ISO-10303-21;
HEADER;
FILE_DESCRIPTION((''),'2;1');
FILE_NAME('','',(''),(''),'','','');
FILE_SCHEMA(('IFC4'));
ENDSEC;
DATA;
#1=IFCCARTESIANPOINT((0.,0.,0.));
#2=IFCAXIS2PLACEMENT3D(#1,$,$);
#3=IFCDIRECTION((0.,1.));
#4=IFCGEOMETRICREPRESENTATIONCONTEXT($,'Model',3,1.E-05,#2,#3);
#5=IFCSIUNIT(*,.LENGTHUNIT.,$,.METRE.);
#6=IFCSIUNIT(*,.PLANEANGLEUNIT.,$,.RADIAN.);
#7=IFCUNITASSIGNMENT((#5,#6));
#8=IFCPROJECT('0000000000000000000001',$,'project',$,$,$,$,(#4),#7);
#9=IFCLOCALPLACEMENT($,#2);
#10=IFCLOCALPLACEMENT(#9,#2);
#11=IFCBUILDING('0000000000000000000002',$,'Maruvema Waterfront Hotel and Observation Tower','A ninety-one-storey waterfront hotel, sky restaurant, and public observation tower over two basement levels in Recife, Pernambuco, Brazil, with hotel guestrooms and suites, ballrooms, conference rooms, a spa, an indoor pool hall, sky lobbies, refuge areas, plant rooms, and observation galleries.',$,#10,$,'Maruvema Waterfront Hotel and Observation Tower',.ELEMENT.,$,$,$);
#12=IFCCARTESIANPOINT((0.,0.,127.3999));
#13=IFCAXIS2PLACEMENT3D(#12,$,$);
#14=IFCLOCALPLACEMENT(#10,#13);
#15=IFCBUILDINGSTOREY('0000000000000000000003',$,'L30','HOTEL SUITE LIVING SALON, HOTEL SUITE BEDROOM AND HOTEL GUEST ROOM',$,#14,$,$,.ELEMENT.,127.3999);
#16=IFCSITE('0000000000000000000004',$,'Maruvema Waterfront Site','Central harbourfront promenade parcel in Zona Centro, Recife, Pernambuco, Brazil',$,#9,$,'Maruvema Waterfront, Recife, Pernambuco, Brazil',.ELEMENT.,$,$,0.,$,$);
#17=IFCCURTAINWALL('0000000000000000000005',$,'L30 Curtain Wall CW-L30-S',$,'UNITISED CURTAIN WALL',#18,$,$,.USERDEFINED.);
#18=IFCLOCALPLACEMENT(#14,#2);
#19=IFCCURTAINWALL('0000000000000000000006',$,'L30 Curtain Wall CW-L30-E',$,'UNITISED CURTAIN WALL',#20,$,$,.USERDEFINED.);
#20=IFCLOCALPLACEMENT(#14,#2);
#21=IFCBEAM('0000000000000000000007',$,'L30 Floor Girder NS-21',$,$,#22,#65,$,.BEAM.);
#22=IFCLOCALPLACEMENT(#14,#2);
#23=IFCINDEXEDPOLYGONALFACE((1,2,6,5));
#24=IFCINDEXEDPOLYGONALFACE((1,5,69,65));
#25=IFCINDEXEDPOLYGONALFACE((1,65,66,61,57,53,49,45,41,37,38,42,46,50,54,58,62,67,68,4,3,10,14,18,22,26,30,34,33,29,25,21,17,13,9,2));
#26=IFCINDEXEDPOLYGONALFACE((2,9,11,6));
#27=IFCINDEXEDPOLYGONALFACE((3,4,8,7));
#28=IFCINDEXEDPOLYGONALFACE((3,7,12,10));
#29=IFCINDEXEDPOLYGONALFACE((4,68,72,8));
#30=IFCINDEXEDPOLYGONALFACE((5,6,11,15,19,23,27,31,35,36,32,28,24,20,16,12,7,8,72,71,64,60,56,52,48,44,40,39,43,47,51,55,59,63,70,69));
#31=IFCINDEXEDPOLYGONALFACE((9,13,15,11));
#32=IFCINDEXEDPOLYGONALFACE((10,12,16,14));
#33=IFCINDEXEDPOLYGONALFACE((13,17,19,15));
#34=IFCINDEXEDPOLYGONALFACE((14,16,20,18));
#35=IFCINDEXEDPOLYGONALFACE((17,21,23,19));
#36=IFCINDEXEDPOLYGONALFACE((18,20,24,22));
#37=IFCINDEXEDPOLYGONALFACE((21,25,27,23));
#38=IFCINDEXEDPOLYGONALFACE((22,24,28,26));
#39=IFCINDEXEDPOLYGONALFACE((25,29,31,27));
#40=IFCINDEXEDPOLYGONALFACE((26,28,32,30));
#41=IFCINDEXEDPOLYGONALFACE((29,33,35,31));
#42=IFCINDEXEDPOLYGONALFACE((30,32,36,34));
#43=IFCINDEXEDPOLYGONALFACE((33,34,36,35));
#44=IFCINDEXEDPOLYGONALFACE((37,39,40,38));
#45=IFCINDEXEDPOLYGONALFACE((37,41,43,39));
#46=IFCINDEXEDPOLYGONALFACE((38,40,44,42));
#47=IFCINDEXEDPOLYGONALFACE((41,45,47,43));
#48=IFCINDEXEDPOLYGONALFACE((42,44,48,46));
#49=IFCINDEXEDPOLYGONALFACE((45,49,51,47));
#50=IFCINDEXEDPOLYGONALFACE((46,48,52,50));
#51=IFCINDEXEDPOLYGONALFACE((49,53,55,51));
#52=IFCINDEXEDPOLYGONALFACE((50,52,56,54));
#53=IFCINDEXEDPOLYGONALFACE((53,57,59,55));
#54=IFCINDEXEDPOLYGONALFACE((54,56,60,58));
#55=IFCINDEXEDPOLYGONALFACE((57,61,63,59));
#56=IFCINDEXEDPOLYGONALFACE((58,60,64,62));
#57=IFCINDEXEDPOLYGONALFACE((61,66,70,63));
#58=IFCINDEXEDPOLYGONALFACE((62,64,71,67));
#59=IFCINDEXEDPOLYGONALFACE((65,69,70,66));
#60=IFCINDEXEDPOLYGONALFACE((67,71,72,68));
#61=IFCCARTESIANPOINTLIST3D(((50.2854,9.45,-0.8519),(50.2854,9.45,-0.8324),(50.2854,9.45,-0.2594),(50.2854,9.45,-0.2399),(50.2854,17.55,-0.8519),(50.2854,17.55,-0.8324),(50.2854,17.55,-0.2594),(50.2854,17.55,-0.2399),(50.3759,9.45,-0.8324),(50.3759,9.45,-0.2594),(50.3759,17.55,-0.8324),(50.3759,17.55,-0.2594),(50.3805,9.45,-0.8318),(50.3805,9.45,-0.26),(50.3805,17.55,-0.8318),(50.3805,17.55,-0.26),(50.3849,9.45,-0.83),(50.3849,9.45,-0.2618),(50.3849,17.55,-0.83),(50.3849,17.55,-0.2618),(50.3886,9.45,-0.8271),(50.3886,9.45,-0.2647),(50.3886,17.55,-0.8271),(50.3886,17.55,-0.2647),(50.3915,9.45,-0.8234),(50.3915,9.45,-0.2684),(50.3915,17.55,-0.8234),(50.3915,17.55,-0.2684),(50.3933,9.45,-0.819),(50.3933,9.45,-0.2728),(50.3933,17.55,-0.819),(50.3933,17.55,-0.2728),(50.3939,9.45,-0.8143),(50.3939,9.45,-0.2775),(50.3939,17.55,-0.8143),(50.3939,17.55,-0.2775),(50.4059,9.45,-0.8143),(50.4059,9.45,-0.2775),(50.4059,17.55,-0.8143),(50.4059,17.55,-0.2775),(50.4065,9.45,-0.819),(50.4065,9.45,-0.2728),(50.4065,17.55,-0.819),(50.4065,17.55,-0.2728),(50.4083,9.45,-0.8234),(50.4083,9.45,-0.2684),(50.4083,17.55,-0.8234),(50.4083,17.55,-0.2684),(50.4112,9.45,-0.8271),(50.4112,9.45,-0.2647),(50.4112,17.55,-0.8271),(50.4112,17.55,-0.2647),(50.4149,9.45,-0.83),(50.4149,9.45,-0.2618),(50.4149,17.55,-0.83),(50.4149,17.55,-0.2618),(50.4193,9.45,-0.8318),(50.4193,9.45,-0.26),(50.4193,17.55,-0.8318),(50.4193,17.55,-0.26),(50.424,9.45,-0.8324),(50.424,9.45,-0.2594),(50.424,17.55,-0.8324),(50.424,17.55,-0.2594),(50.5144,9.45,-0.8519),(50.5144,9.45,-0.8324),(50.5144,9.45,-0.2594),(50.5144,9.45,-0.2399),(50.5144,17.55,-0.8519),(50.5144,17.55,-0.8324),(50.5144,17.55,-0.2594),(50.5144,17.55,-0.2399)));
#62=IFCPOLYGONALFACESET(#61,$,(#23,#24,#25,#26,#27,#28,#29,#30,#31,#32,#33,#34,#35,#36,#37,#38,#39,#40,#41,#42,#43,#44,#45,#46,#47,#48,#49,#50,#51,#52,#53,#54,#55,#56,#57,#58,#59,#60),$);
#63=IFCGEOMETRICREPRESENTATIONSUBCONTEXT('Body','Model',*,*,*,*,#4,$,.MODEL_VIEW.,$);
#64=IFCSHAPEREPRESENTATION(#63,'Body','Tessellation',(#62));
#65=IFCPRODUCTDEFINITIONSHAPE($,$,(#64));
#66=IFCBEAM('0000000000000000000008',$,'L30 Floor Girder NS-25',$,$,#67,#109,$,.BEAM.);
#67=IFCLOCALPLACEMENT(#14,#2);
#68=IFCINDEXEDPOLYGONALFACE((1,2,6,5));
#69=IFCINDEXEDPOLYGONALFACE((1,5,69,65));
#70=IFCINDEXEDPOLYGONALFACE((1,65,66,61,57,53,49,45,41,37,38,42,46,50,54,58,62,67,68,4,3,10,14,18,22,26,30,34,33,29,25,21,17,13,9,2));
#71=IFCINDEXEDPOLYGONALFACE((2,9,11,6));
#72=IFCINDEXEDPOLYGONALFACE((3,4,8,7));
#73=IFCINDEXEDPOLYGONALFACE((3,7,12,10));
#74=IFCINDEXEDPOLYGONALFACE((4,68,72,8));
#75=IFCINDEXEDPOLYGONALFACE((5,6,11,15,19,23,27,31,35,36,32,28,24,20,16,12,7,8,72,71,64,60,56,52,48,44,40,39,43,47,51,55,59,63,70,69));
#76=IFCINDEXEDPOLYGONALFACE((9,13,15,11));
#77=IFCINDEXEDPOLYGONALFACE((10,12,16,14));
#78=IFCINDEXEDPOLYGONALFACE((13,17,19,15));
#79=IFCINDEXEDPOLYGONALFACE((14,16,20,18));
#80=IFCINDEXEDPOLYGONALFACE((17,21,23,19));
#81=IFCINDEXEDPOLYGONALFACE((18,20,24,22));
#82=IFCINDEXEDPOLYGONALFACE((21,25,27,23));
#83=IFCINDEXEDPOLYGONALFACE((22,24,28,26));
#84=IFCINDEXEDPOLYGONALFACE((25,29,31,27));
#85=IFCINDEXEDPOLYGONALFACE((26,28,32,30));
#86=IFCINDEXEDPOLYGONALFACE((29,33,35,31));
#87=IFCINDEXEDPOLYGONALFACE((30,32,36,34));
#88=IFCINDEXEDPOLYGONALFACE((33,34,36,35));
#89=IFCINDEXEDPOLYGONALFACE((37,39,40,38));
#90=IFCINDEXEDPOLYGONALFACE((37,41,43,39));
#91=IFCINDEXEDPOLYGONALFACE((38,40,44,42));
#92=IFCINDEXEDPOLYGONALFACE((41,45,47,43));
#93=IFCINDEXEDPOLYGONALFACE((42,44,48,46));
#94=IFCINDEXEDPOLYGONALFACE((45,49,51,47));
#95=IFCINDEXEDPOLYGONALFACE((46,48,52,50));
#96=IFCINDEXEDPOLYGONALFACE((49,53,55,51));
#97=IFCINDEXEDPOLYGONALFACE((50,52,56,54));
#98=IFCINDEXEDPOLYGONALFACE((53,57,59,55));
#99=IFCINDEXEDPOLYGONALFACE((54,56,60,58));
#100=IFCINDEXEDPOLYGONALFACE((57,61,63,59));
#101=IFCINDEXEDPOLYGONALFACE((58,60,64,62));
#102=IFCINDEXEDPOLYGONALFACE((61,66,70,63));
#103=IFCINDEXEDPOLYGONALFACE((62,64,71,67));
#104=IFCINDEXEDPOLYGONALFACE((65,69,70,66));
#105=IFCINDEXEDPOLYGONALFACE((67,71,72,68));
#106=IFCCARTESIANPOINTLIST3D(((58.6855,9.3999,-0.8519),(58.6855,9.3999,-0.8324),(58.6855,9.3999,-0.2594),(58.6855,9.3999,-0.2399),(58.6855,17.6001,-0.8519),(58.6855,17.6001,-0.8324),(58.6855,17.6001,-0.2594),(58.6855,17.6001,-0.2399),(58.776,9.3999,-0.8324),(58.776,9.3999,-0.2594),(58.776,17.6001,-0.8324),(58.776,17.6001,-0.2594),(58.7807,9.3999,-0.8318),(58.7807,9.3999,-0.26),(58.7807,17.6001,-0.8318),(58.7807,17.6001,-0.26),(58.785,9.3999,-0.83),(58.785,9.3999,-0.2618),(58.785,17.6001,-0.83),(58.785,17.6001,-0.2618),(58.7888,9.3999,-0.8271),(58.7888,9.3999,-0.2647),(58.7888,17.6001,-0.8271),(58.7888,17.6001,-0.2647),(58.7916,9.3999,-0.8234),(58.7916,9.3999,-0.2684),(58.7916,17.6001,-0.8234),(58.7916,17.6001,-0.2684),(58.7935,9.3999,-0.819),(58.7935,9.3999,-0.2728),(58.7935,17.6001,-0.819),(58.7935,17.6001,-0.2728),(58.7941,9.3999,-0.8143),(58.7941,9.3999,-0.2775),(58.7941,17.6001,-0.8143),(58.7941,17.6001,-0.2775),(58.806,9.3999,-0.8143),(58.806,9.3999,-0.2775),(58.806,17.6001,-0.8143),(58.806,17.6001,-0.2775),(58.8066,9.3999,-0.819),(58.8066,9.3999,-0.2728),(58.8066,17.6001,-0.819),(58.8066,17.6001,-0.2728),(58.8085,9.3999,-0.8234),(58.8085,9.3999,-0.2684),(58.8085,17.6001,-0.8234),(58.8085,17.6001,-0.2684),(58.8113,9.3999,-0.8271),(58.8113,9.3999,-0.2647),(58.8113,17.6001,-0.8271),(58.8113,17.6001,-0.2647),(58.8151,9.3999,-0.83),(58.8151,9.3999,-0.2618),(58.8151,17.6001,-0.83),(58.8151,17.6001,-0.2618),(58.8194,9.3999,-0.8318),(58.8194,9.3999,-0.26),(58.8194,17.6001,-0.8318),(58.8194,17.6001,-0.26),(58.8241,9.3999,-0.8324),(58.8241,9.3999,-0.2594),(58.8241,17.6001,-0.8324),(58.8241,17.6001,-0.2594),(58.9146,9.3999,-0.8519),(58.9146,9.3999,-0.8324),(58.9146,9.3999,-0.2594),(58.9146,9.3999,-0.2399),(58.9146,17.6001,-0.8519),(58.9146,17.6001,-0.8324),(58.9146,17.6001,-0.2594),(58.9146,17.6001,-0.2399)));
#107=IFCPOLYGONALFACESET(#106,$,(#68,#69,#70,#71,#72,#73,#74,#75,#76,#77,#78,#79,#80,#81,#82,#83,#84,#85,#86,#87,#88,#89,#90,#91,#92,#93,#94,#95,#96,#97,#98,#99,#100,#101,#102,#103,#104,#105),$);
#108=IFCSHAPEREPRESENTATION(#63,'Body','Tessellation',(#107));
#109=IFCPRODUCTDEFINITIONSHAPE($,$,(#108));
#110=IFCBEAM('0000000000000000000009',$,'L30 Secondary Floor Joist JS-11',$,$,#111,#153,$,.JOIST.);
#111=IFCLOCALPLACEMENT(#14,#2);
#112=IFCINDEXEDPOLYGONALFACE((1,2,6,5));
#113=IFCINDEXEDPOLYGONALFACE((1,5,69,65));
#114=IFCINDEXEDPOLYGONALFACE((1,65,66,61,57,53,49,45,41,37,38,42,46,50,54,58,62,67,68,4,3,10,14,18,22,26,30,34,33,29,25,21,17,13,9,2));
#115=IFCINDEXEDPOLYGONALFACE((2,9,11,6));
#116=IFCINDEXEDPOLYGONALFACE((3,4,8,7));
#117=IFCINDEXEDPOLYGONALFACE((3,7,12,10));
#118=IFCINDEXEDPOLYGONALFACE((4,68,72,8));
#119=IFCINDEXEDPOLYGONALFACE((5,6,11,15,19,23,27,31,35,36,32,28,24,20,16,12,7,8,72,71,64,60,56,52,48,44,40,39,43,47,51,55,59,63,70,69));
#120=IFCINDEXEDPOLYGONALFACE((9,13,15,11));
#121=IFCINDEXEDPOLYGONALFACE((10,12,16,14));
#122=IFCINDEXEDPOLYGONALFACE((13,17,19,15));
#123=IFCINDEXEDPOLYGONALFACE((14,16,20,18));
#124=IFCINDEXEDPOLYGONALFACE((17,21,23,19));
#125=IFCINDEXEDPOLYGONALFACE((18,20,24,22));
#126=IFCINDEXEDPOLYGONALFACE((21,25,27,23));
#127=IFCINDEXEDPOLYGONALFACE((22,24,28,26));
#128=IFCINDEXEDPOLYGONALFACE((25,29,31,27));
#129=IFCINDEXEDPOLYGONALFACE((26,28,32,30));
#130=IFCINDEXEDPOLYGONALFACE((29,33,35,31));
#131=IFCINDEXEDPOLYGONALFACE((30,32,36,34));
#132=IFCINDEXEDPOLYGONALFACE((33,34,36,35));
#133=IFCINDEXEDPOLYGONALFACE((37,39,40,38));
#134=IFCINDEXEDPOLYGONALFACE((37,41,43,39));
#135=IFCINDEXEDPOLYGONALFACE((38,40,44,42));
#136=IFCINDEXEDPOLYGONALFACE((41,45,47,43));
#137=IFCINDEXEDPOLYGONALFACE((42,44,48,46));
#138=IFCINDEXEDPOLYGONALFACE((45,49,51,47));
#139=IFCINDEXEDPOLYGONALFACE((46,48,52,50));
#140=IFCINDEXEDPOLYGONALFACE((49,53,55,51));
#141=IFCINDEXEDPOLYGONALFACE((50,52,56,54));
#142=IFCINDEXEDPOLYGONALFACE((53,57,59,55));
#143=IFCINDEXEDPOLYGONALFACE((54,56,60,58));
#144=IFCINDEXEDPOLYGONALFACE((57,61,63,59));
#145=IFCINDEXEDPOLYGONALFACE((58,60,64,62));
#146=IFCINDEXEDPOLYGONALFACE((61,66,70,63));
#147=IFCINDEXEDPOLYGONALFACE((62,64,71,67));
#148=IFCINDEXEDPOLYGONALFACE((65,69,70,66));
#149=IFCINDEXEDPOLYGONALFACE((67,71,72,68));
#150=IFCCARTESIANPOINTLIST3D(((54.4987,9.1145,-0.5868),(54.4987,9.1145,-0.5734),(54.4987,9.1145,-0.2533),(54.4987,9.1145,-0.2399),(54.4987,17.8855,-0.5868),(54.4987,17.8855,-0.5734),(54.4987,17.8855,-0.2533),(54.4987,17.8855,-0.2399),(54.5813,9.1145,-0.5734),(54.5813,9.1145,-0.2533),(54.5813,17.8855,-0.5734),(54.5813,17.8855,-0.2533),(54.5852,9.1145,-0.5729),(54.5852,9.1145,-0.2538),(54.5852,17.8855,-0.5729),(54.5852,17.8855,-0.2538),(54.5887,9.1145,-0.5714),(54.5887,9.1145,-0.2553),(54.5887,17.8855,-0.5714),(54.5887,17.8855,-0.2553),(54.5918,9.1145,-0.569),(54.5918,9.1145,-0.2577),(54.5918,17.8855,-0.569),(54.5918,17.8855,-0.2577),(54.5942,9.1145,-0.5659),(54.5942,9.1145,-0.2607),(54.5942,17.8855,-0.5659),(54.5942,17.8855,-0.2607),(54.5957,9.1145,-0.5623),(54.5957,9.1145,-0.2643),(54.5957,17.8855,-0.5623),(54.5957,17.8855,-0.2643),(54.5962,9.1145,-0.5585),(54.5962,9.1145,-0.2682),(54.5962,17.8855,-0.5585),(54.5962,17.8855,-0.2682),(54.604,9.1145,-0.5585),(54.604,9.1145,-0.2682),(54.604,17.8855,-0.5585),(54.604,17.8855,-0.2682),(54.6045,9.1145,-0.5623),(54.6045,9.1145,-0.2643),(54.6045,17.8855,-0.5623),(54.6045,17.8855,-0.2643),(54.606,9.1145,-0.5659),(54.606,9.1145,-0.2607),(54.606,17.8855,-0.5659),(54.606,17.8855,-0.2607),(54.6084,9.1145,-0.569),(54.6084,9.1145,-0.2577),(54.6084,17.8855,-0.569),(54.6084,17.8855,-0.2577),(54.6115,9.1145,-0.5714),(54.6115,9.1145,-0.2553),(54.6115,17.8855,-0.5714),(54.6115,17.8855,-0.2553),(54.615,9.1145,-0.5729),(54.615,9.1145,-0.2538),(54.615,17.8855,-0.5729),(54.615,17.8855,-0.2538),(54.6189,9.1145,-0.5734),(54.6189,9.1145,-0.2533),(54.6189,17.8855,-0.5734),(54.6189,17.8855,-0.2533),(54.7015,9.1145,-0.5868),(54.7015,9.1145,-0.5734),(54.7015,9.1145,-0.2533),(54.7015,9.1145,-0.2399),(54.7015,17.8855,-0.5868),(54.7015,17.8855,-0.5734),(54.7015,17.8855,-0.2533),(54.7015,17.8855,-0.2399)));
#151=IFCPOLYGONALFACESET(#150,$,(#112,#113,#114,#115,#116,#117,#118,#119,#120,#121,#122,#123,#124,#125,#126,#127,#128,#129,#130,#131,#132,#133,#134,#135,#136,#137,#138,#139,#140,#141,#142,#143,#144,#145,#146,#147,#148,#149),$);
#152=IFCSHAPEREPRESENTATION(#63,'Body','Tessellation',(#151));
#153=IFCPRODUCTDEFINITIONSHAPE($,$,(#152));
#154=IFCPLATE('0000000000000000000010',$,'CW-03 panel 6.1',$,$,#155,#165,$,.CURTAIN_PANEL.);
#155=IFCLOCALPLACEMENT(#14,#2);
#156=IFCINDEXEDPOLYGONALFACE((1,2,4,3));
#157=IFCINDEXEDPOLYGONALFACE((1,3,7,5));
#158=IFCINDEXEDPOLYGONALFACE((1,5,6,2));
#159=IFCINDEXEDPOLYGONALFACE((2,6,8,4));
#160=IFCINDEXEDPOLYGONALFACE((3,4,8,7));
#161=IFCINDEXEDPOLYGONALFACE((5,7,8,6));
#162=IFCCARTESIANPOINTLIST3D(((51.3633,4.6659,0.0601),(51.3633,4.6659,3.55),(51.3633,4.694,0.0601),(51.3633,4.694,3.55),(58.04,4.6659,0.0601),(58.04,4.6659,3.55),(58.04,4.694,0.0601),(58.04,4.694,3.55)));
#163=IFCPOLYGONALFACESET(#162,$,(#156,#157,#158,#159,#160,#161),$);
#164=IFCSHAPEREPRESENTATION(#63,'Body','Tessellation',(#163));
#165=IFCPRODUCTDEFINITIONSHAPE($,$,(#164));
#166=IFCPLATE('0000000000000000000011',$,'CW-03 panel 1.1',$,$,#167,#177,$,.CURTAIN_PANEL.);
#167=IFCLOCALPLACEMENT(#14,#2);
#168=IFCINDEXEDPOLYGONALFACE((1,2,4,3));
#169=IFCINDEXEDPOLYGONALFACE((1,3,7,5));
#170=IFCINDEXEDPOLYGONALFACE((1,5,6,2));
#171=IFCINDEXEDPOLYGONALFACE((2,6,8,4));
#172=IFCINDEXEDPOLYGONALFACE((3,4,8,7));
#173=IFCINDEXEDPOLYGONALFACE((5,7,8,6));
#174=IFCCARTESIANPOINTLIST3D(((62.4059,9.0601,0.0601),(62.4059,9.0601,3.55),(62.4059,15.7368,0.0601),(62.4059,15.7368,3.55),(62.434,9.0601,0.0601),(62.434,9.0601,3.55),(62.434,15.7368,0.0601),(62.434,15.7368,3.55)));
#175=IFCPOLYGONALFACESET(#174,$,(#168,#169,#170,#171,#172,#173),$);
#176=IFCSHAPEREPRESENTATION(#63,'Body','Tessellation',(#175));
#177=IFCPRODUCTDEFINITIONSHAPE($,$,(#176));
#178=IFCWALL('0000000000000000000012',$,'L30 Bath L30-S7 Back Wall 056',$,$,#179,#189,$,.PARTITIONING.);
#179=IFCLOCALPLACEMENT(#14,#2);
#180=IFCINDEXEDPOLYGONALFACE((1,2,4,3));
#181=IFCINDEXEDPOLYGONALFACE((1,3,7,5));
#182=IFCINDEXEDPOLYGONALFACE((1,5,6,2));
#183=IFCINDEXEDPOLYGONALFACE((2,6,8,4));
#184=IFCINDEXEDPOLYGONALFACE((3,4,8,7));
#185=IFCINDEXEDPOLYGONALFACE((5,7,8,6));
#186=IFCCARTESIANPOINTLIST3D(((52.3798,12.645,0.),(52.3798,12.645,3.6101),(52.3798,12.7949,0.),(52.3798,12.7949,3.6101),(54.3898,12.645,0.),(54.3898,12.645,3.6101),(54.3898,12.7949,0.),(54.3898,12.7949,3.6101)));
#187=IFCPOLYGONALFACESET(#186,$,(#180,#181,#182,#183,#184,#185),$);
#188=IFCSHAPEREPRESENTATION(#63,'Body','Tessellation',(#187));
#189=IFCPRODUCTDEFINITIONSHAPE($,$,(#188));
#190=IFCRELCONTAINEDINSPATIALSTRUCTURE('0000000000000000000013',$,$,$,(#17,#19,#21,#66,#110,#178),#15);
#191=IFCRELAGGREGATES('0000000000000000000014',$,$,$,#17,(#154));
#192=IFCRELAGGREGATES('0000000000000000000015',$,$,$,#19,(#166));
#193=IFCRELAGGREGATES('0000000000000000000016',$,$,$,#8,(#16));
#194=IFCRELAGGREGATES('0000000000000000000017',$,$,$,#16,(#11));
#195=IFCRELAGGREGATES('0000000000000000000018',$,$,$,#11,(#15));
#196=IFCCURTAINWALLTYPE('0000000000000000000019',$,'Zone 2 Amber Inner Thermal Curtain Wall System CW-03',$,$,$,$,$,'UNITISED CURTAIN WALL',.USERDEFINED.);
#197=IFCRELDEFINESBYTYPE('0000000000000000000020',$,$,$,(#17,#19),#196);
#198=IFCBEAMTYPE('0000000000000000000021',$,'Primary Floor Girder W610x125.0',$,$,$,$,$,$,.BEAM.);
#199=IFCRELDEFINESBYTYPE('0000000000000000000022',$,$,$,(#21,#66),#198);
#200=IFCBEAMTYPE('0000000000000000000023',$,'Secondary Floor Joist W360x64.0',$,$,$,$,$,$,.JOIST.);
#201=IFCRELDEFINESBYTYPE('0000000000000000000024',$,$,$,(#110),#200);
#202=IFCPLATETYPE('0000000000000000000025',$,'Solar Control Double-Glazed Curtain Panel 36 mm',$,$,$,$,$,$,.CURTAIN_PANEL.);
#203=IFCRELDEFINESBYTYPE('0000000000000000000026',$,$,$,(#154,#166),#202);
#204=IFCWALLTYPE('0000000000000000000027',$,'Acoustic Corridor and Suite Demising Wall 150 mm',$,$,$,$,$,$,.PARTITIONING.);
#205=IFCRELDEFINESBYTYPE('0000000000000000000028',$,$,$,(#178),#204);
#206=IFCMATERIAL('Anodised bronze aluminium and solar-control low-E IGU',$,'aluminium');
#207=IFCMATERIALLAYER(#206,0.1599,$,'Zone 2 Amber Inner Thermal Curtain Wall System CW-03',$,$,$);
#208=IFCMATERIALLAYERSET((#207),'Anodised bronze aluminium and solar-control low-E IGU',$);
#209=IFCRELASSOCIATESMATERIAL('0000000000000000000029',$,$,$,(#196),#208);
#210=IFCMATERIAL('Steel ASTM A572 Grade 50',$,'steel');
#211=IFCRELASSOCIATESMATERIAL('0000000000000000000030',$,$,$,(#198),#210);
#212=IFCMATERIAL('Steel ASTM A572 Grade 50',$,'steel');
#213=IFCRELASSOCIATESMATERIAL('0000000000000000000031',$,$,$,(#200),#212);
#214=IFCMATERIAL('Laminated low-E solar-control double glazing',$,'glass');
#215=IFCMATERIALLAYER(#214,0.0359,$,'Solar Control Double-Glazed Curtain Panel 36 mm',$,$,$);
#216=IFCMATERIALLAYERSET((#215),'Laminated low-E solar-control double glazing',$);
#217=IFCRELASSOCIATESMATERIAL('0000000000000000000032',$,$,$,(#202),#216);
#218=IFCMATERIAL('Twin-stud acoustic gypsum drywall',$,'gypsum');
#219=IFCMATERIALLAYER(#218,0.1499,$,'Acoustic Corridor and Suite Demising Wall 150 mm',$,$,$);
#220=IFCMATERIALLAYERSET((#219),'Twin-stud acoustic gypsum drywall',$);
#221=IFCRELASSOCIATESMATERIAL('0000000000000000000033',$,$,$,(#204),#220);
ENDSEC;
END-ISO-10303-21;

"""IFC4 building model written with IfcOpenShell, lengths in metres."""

from ifc_helpers import new_model, si_unit, direction, frame, frame_2d, origin, origin_2d, place, context, subcontext, project, spatial, rectangle, i_section, extrude, material, layer, layer_set, material_profile, profile_set, type_object, element, aggregate, save


model = new_model("IFC4")

# Units and contexts
model_context = context("Model", 3, precision=1e-05, world=origin(), true_north=direction((0.0, 1.0)))
body_context = subcontext(model_context, "Body", "Model", "MODEL_VIEW")
ifc_project = project(units=[si_unit("LENGTHUNIT", "METRE"), si_unit("PLANEANGLEUNIT", "RADIAN")], contexts=[model_context])

# Site, building, storey
site_placement = place(None, origin())
site = spatial("IfcSite", under=ifc_project, at=site_placement, Name="Maruvema Waterfront Site", Description="Central harbourfront promenade parcel in Zona Centro, Recife, Pernambuco, Brazil", LongName="Maruvema Waterfront, Recife, Pernambuco, Brazil", CompositionType="ELEMENT", RefElevation=0.0)
building_placement = place(site_placement, origin())
building = spatial("IfcBuilding", under=site, at=building_placement, Name="Maruvema Waterfront Hotel and Observation Tower", Description="A ninety-one-storey waterfront hotel, sky restaurant, and public observation tower over two basement levels in Recife, Pernambuco, Brazil, with hotel guestrooms and suites, ballrooms, conference rooms, a spa, an indoor pool hall, sky lobbies, refuge areas, plant rooms, and observation galleries.", LongName="Maruvema Waterfront Hotel and Observation Tower", CompositionType="ELEMENT")
storey_placement = place(building_placement, frame((0.0, 0.0, 127.3999)))
storey = spatial("IfcBuildingStorey", under=building, at=storey_placement, Name="L30", Description="HOTEL SUITE LIVING SALON, HOTEL SUITE BEDROOM AND HOTEL GUEST ROOM", CompositionType="ELEMENT", Elevation=127.3999)

# Curtain walls
ifc_material_1 = material(Name="Anodised bronze aluminium and solar-control low-E IGU", Category="aluminium")
ifc_layer_1 = layer(ifc_material_1, 0.1599, Name="Zone 2 Amber Inner Thermal Curtain Wall System CW-03")
ifc_layer_set_1 = layer_set([ifc_layer_1], Name="Anodised bronze aluminium and solar-control low-E IGU")
curtain_wall_type = type_object("IfcCurtainWallType", Name="Zone 2 Amber Inner Thermal Curtain Wall System CW-03", ElementType="UNITISED CURTAIN WALL", PredefinedType="USERDEFINED", material=ifc_layer_set_1)
curtain_wall_1_placement = place(storey_placement, origin())
curtain_wall_1 = element("IfcCurtainWall", 1, at=curtain_wall_1_placement, inside=storey, type_object=curtain_wall_type, Name="L30 Curtain Wall CW-L30-S", ObjectType="UNITISED CURTAIN WALL", PredefinedType="USERDEFINED")
curtain_wall_2_placement = place(storey_placement, origin())
curtain_wall_2 = element("IfcCurtainWall", 2, at=curtain_wall_2_placement, inside=storey, type_object=curtain_wall_type, Name="L30 Curtain Wall CW-L30-E", ObjectType="UNITISED CURTAIN WALL", PredefinedType="USERDEFINED")

# Beams
ifc_material_2 = material(Name="Steel ASTM A572 Grade 50", Category="steel")
ifc_material_profile_1 = material_profile(ifc_material_2, i_section(OverallWidth=0.229, OverallDepth=0.6121, WebThickness=0.012, FlangeThickness=0.0195, FilletRadius=0.0181, at=origin_2d()), Name="W610x125.0")
ifc_profile_set_1 = profile_set([ifc_material_profile_1], Name="Steel ASTM A572 Grade 50")
beam_type_1 = type_object("IfcBeamType", Name="Primary Floor Girder W610x125.0", PredefinedType="BEAM", material=ifc_profile_set_1)
beam_1_placement = place(storey_placement, frame((50.3999, 9.45, -0.5459), z_axis=(0.0, 1.0, 0.0), x_axis=(-1.0, 0.0, 0.0)))
element("IfcBeam", 3, at=beam_1_placement, inside=storey, type_object=beam_type_1, Name="L30 Floor Girder NS-21", PredefinedType="BEAM", context=body_context, shape_type="SweptSolid", body=[
    extrude(i_section(OverallWidth=0.229, OverallDepth=0.6121, WebThickness=0.012, FlangeThickness=0.0195, FilletRadius=0.0181, at=origin_2d()), origin(), (0.0, 0.0, 1.0), 8.1001),
])
beam_2_placement = place(storey_placement, frame((58.8, 9.3999, -0.5459), z_axis=(0.0, 1.0, 0.0), x_axis=(-1.0, 0.0, 0.0)))
element("IfcBeam", 4, at=beam_2_placement, inside=storey, type_object=beam_type_1, Name="L30 Floor Girder NS-25", PredefinedType="BEAM", context=body_context, shape_type="SweptSolid", body=[
    extrude(i_section(OverallWidth=0.229, OverallDepth=0.6121, WebThickness=0.012, FlangeThickness=0.0195, FilletRadius=0.0181, at=origin_2d()), origin(), (0.0, 0.0, 1.0), 8.2002),
])
ifc_material_3 = material(Name="Steel ASTM A572 Grade 50", Category="steel")
ifc_material_profile_2 = material_profile(ifc_material_3, i_section(OverallWidth=0.2029, OverallDepth=0.3469, WebThickness=0.0078, FlangeThickness=0.0134, FilletRadius=0.0149, at=origin_2d()), Name="W360x64.0")
ifc_profile_set_2 = profile_set([ifc_material_profile_2], Name="Steel ASTM A572 Grade 50")
beam_type_2 = type_object("IfcBeamType", Name="Secondary Floor Joist W360x64.0", PredefinedType="JOIST", material=ifc_profile_set_2)
beam_3_placement = place(storey_placement, frame((54.6001, 9.1145, -0.4133), z_axis=(0.0, 1.0, 0.0), x_axis=(-1.0, 0.0, 0.0)))
element("IfcBeam", 5, at=beam_3_placement, inside=storey, type_object=beam_type_2, Name="L30 Secondary Floor Joist JS-11", PredefinedType="JOIST", context=body_context, shape_type="SweptSolid", body=[
    extrude(i_section(OverallWidth=0.2029, OverallDepth=0.3469, WebThickness=0.0078, FlangeThickness=0.0134, FilletRadius=0.0149, at=origin_2d()), origin(), (0.0, 0.0, 1.0), 8.771),
])

# Plates
ifc_material_4 = material(Name="Laminated low-E solar-control double glazing", Category="glass")
ifc_layer_2 = layer(ifc_material_4, 0.0359, Name="Solar Control Double-Glazed Curtain Panel 36 mm")
ifc_layer_set_2 = layer_set([ifc_layer_2], Name="Laminated low-E solar-control double glazing")
plate_type = type_object("IfcPlateType", Name="Solar Control Double-Glazed Curtain Panel 36 mm", PredefinedType="CURTAIN_PANEL", material=ifc_layer_set_2)
plate_1_placement = place(storey_placement, frame((54.7017, 4.6799, 0.0601), z_axis=(0.0, 0.0, 1.0), x_axis=(1.0, 0.0, 0.0)))
plate_1 = element("IfcPlate", 6, at=plate_1_placement, type_object=plate_type, Name="CW-03 panel 6.1", PredefinedType="CURTAIN_PANEL", context=body_context, shape_type="SweptSolid", body=[
    extrude(rectangle(XDim=6.6768, YDim=0.0281, at=origin_2d()), origin(), (0.0, 0.0, 1.0), 3.49),
])
aggregate(curtain_wall_1, [plate_1])
plate_2_placement = place(storey_placement, frame((62.4199, 12.3984, 0.0601), z_axis=(0.0, 0.0, 1.0), x_axis=(0.0, 1.0, 0.0)))
plate_2 = element("IfcPlate", 7, at=plate_2_placement, type_object=plate_type, Name="CW-03 panel 1.1", PredefinedType="CURTAIN_PANEL", context=body_context, shape_type="SweptSolid", body=[
    extrude(rectangle(XDim=6.6768, YDim=0.0281, at=origin_2d()), origin(), (0.0, 0.0, 1.0), 3.49),
])
aggregate(curtain_wall_2, [plate_2])

# Wall
ifc_material_5 = material(Name="Twin-stud acoustic gypsum drywall", Category="gypsum")
ifc_layer_3 = layer(ifc_material_5, 0.1499, Name="Acoustic Corridor and Suite Demising Wall 150 mm")
ifc_layer_set_3 = layer_set([ifc_layer_3], Name="Twin-stud acoustic gypsum drywall")
wall_type_1 = type_object("IfcWallType", Name="Acoustic Corridor and Suite Demising Wall 150 mm", PredefinedType="PARTITIONING", material=ifc_layer_set_3)
wall_1_placement = place(storey_placement, frame((52.3799, 12.72, 0.0), z_axis=(0.0, 0.0, 1.0), x_axis=(1.0, 0.0, 0.0)))
element("IfcWall", 8, at=wall_1_placement, inside=storey, type_object=wall_type_1, Name="L30 Bath L30-S7 Back Wall 056", PredefinedType="PARTITIONING", context=body_context, shape_type="SweptSolid", body=[
    extrude(rectangle(XDim=2.01, YDim=0.1499, at=frame_2d((1.0049, 0.0))), origin(), (0.0, 0.0, 1.0), 3.6101),
])

save(model, "model.ifc")
